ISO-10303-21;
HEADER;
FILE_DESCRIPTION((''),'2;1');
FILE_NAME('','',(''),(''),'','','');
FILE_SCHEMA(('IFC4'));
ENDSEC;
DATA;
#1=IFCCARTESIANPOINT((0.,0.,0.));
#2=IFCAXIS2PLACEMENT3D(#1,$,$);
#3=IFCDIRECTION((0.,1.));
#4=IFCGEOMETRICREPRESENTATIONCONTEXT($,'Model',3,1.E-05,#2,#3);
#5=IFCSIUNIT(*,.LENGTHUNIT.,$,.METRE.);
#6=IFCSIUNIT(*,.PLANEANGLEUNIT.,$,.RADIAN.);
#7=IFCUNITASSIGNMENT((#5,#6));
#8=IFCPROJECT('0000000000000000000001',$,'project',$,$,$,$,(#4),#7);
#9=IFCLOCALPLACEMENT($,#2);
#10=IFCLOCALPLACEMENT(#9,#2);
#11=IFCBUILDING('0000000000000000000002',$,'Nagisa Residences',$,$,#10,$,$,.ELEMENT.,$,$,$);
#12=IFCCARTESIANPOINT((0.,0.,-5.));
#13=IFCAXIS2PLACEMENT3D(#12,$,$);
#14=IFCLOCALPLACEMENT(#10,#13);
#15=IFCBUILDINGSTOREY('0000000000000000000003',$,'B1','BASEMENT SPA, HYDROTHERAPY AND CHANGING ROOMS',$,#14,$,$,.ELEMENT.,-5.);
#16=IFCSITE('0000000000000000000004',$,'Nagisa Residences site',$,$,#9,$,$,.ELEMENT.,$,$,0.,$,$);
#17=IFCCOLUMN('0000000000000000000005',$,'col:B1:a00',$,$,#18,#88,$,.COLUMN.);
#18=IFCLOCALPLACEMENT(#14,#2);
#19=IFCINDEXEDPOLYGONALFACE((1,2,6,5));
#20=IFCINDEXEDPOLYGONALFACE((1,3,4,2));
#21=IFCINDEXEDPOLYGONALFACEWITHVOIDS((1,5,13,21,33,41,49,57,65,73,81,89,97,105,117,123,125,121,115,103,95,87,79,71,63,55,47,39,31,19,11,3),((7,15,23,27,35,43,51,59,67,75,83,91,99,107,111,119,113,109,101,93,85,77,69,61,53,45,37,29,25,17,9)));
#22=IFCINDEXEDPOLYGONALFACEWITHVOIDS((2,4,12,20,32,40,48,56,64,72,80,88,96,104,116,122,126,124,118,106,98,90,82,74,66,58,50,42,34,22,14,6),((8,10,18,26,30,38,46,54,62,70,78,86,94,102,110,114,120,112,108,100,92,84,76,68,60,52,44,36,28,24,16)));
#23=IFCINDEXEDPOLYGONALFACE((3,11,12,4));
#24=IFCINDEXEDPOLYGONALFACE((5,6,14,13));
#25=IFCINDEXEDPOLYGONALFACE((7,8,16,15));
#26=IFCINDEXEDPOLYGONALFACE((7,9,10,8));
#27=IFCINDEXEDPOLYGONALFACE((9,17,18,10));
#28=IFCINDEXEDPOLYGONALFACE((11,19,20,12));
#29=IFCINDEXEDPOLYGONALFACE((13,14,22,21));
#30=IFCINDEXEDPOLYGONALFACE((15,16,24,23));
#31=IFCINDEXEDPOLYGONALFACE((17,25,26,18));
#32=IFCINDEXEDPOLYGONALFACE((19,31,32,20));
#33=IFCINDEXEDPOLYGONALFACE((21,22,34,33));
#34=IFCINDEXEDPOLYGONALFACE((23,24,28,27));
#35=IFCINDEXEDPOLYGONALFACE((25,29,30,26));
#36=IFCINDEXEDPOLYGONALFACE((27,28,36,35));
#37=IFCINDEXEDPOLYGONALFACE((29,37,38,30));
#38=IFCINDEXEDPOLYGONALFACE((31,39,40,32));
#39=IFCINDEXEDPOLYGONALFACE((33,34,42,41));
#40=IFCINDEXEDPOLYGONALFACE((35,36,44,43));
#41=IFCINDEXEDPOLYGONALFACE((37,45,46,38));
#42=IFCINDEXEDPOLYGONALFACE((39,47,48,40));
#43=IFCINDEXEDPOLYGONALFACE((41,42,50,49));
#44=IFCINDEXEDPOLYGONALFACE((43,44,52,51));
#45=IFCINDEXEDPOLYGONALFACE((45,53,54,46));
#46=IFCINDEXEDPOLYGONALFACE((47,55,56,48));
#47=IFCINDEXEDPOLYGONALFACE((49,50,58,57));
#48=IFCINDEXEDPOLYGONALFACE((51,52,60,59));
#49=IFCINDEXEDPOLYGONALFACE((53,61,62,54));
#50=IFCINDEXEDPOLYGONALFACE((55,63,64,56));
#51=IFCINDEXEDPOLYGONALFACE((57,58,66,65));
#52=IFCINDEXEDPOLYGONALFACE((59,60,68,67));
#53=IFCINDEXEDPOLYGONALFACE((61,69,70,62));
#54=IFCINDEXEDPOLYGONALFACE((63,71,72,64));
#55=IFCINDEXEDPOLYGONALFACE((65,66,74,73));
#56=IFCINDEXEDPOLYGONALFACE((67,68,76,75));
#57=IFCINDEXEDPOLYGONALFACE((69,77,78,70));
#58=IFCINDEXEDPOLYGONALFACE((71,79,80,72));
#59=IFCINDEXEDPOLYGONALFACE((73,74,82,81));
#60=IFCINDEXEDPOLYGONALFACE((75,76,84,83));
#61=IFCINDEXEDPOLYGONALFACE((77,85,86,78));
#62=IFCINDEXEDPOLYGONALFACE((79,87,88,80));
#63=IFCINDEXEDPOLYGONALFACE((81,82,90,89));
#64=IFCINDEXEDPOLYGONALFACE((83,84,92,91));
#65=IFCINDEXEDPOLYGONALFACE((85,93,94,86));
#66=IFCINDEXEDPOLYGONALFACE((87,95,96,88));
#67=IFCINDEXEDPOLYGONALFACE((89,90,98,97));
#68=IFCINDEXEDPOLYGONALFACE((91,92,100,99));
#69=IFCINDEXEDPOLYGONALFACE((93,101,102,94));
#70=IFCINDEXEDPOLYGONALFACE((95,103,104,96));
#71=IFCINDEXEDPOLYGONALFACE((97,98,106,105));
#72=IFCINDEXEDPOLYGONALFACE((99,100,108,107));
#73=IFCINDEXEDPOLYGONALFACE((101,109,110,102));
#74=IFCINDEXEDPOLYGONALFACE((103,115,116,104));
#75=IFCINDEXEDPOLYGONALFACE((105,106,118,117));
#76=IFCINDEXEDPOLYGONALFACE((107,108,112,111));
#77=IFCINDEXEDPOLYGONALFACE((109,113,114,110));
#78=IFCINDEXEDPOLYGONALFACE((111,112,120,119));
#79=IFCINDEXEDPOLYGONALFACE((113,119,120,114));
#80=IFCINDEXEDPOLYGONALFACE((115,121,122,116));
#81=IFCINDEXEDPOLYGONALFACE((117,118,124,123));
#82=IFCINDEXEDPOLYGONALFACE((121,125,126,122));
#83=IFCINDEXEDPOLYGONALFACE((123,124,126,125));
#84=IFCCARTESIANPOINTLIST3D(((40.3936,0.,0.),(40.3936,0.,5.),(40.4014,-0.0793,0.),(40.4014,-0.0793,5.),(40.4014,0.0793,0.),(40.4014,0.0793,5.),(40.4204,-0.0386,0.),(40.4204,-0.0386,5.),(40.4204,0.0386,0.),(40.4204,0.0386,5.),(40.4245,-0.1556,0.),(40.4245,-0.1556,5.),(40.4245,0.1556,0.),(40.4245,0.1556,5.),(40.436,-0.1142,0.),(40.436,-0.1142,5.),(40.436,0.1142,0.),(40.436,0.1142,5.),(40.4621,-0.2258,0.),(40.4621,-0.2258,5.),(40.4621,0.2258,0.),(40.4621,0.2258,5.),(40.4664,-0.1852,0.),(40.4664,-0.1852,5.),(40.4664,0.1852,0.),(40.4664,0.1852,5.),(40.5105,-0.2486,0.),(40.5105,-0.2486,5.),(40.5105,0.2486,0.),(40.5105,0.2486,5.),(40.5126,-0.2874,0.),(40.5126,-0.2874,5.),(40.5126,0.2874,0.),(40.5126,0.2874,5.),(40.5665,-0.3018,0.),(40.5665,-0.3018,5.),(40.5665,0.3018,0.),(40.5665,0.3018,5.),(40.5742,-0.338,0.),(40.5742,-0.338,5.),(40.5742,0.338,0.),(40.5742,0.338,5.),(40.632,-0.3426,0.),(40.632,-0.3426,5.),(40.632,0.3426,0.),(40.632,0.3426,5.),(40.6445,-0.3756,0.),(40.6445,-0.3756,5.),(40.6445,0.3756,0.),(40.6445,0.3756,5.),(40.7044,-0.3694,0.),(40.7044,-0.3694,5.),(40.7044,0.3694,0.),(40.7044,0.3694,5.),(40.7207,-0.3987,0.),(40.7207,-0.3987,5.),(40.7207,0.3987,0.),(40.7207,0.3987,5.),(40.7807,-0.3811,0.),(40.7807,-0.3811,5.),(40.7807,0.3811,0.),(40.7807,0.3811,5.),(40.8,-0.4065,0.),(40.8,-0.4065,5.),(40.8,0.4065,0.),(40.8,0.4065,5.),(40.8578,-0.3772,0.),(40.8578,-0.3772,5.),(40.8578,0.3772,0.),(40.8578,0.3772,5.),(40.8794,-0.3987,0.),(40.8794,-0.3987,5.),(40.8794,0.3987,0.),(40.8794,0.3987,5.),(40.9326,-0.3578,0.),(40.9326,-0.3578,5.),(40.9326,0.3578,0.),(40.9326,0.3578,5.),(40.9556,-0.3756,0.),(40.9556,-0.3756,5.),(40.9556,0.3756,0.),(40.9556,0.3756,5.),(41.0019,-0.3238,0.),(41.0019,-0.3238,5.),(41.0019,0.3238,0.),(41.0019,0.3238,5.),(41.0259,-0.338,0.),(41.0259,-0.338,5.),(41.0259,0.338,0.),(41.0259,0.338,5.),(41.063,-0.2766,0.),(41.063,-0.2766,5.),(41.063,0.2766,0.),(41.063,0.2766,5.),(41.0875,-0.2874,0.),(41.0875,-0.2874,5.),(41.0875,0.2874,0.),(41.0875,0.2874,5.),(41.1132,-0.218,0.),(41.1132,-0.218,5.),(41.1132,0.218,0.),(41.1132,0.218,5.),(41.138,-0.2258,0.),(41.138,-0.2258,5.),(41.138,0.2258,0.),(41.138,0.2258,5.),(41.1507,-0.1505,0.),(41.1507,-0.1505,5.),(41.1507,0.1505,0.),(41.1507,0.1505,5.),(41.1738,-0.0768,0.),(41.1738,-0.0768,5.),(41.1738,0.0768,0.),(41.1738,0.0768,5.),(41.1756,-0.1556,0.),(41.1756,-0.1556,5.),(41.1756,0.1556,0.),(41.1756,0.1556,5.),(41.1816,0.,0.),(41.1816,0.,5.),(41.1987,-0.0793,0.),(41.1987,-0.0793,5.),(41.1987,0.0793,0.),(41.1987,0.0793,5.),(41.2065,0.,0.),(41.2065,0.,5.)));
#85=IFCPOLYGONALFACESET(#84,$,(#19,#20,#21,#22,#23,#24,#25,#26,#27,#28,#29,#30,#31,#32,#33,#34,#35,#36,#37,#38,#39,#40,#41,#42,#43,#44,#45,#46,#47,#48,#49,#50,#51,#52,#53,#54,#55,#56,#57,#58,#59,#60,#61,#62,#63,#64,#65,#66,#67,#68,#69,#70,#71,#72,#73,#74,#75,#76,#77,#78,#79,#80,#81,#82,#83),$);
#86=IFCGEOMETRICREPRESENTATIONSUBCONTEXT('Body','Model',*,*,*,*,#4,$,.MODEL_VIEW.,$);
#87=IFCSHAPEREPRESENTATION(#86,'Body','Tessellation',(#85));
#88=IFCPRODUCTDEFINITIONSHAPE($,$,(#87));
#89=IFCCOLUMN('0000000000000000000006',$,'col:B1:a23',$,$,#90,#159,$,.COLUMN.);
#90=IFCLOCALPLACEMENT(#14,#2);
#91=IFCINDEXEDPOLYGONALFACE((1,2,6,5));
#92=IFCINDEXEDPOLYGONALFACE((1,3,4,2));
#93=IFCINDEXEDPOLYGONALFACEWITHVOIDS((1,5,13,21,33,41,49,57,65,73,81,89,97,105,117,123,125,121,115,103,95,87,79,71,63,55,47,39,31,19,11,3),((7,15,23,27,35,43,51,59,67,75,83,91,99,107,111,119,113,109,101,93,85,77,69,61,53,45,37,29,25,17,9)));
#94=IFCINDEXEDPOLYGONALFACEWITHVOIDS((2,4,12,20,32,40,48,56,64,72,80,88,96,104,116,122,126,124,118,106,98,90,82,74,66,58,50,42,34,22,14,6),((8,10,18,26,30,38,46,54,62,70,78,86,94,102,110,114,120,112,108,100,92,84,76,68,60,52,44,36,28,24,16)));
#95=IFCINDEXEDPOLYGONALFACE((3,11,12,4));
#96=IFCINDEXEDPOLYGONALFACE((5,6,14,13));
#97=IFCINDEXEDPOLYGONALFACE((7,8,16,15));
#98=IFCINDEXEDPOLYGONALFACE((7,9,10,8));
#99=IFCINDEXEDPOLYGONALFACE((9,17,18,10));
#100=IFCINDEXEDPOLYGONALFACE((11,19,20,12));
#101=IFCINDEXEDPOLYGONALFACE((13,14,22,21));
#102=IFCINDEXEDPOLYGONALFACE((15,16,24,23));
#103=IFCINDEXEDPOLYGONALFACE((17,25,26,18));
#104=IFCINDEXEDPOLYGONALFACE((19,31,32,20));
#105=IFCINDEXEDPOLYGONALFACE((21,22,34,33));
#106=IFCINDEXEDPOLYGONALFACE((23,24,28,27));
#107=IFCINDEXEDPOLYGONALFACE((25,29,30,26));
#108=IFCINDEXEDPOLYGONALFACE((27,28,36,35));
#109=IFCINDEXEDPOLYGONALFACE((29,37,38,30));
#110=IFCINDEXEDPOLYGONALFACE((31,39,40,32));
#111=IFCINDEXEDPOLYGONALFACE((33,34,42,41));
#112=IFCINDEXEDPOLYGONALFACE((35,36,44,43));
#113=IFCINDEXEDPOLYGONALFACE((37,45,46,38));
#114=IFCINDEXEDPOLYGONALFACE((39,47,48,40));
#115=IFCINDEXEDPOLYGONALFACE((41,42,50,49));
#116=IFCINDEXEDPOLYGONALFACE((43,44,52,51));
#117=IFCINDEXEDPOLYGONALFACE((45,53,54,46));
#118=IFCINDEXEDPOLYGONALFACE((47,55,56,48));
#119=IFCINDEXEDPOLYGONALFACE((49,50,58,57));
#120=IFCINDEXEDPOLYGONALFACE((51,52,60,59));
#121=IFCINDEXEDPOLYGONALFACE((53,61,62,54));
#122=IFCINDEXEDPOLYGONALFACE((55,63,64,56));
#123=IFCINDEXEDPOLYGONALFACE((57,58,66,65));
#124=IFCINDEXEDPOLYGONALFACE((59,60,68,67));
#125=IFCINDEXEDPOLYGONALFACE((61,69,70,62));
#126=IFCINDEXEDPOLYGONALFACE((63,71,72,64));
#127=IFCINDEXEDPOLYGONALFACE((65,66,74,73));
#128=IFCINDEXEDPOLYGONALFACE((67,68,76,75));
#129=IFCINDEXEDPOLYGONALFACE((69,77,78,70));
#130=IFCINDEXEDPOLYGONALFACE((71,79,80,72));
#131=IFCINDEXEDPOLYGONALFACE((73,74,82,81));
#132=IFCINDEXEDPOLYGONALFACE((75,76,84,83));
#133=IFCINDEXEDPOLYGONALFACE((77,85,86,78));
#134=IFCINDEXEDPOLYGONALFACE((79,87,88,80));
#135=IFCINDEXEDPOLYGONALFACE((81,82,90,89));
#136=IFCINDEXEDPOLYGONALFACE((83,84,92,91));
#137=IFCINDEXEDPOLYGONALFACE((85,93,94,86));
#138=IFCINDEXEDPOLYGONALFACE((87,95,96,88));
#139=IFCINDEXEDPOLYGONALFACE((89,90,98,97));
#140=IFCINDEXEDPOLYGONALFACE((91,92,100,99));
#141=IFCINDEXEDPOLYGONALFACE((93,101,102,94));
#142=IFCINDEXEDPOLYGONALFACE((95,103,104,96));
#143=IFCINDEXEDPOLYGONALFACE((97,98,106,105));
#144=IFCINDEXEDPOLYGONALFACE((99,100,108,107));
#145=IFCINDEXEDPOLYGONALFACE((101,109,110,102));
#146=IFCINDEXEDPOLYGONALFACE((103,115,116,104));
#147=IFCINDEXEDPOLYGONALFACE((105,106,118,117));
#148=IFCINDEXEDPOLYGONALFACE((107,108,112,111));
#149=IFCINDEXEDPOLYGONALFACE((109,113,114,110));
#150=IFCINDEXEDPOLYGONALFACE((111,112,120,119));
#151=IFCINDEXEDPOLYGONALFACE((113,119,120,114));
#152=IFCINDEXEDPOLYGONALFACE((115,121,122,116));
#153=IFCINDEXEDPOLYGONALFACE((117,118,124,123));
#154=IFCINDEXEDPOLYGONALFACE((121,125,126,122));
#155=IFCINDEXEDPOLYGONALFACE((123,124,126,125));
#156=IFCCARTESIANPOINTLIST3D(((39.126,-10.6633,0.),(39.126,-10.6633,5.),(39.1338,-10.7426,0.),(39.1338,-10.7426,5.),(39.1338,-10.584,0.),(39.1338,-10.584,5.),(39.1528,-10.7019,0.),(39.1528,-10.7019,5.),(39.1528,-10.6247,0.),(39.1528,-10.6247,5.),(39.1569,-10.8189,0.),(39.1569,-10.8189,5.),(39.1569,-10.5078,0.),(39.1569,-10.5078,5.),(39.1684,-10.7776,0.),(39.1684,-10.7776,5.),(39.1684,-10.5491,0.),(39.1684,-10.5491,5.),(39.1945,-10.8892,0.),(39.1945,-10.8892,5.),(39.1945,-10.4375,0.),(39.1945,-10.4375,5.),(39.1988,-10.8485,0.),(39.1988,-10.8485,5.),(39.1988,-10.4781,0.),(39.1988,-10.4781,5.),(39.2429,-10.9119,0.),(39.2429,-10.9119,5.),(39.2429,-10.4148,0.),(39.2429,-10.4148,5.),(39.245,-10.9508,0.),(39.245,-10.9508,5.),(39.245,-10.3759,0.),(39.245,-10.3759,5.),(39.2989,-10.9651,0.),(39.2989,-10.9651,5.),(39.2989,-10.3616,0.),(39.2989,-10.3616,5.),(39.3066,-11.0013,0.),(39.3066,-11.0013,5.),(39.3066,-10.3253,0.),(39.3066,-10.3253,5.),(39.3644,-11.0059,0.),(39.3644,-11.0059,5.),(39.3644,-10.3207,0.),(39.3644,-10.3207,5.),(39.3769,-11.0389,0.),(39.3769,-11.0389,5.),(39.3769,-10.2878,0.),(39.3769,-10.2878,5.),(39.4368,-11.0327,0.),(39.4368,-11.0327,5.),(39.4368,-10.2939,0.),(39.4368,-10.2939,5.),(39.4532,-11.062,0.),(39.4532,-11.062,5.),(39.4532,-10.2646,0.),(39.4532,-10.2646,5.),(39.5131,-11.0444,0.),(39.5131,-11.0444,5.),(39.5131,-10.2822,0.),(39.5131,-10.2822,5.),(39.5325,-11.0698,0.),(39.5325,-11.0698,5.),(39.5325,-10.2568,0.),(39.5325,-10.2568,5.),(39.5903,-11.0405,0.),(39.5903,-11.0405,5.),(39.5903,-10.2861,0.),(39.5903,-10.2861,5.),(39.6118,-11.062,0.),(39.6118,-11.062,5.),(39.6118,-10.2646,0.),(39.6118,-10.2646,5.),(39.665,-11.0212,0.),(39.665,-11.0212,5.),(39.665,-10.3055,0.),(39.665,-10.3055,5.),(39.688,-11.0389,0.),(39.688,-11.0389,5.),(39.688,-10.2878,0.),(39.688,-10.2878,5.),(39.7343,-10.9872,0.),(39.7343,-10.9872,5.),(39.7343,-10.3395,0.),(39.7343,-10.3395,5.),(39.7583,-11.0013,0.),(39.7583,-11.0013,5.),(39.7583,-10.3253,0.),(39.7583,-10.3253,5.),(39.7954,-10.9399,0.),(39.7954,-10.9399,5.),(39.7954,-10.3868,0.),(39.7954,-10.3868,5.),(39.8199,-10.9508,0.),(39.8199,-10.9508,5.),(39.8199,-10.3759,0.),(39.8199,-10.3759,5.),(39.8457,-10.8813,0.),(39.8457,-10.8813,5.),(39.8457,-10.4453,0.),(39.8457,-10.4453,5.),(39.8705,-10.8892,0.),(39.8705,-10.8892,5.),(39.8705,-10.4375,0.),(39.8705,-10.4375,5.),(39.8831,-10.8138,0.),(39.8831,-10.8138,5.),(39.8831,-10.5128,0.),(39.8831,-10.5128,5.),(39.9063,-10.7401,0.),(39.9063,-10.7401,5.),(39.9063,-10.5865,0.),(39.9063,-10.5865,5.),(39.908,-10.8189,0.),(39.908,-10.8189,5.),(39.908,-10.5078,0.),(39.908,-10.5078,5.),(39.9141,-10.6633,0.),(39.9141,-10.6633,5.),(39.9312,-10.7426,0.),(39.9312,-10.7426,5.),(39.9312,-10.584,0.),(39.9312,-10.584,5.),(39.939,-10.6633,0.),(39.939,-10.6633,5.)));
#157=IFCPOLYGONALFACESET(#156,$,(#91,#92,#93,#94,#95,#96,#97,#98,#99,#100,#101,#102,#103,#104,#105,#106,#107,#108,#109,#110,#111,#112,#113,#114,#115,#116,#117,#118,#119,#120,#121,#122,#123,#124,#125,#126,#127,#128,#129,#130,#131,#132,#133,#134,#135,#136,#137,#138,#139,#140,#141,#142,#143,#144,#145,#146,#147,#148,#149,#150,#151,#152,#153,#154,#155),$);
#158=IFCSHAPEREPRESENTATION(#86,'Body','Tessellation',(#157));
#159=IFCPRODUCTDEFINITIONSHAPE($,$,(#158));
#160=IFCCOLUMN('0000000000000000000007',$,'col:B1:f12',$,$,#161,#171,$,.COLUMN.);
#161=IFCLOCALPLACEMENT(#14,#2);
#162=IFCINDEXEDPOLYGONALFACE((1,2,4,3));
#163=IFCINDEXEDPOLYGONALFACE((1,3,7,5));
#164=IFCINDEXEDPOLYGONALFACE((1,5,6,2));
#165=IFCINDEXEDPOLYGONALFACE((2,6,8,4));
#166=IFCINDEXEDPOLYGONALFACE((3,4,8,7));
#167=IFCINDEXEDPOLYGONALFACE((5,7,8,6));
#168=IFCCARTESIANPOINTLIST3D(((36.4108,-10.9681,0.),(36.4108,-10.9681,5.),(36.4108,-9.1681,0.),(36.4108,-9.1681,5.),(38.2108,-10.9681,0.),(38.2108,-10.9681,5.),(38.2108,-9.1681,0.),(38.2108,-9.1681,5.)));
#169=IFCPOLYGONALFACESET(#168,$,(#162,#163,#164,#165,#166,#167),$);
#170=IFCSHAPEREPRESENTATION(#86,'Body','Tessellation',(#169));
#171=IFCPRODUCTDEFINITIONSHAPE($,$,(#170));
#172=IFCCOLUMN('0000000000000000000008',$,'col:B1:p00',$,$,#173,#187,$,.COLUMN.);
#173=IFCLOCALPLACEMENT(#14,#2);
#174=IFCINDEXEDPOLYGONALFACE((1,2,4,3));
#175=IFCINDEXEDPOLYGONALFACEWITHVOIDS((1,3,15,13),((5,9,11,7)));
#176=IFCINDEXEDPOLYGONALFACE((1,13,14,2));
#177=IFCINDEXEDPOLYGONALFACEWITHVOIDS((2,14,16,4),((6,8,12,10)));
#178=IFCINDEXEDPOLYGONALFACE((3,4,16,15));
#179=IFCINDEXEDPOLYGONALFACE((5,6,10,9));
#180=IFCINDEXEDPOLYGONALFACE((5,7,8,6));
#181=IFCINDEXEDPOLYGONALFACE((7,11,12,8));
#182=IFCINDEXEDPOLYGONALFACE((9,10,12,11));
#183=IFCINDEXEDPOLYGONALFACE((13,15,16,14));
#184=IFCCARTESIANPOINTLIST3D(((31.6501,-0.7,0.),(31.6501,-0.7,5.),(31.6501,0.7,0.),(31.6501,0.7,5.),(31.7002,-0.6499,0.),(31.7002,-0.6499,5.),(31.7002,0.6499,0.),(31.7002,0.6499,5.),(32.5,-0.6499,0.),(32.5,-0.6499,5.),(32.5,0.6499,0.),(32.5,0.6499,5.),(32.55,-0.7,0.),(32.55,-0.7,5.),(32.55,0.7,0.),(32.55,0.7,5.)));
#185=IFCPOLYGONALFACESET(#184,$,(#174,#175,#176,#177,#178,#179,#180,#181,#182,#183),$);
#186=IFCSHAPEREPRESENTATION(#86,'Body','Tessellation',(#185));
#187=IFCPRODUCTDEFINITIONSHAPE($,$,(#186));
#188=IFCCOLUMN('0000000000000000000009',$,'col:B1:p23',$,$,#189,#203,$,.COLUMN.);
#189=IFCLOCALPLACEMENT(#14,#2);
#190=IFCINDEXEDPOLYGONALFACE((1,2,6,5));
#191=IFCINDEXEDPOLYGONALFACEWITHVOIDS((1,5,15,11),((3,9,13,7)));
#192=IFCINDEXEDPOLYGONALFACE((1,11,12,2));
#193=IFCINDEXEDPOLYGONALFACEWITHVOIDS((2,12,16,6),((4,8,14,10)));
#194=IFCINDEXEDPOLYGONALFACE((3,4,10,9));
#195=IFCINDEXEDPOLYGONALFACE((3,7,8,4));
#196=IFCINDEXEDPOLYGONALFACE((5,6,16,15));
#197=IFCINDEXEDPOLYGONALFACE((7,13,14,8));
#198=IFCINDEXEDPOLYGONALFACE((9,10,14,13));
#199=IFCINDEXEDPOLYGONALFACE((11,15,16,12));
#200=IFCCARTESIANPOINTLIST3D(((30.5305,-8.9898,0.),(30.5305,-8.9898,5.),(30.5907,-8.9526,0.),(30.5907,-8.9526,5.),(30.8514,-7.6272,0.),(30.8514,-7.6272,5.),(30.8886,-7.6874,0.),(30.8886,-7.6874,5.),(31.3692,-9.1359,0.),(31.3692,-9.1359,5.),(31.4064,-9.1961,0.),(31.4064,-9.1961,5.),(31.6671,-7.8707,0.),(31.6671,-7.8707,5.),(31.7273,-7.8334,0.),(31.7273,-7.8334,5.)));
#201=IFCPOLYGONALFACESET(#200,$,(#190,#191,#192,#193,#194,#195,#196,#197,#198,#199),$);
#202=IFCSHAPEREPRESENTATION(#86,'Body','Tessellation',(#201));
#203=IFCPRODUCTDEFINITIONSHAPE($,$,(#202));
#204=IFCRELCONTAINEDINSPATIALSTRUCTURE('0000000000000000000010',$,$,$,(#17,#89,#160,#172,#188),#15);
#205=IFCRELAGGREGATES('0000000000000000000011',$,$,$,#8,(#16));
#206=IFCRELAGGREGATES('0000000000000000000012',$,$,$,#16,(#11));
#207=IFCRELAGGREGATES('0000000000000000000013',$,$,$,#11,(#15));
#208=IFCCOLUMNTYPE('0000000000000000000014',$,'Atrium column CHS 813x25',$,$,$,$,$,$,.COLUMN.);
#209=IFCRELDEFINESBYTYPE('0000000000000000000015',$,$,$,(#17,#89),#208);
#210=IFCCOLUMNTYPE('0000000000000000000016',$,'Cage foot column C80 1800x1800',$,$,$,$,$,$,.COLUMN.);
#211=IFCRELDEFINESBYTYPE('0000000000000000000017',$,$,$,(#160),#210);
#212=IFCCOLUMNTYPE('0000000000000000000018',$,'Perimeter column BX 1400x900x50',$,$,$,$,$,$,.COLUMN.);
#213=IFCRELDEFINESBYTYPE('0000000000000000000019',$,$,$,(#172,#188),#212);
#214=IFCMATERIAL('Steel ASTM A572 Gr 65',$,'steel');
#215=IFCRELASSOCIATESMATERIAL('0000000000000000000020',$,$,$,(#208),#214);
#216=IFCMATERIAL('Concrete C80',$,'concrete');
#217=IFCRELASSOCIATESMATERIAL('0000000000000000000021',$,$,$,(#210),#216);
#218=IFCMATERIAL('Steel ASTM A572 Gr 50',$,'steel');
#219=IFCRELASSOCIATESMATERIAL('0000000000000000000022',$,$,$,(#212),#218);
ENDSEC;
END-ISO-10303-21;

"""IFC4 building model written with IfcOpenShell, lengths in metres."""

from ifc_helpers import new_model, si_unit, direction, frame, origin, origin_2d, place, context, subcontext, project, spatial, rectangle, hollow_rectangle, hollow_circle, extrude, material, material_profile, profile_set, type_object, element, save


model = new_model("IFC4")

# Units and contexts
model_context = context("Model", 3, precision=1e-05, world=origin(), true_north=direction((0.0, 1.0)))
body_context = subcontext(model_context, "Body", "Model", "MODEL_VIEW")
ifc_project = project(units=[si_unit("LENGTHUNIT", "METRE"), si_unit("PLANEANGLEUNIT", "RADIAN")], contexts=[model_context])

# Site, building, storey
site_placement = place(None, origin())
site = spatial("IfcSite", under=ifc_project, at=site_placement, Name="Nagisa Residences site", CompositionType="ELEMENT", RefElevation=0.0)
building_placement = place(site_placement, origin())
building = spatial("IfcBuilding", under=site, at=building_placement, Name="Nagisa Residences", CompositionType="ELEMENT")
storey_placement = place(building_placement, frame((0.0, 0.0, -5.0)))
storey = spatial("IfcBuildingStorey", under=building, at=storey_placement, Name="B1", Description="BASEMENT SPA, HYDROTHERAPY AND CHANGING ROOMS", CompositionType="ELEMENT", Elevation=-5.0)

# Columns
ifc_material_1 = material(Name="Steel ASTM A572 Gr 65", Category="steel")
ifc_material_profile_1 = material_profile(ifc_material_1, hollow_circle(Radius=0.4065, WallThickness=0.0249, at=origin_2d()), Name="CHS 813x25")
ifc_profile_set_1 = profile_set([ifc_material_profile_1], Name="Steel ASTM A572 Gr 65")
column_type_1 = type_object("IfcColumnType", Name="Atrium column CHS 813x25", PredefinedType="COLUMN", material=ifc_profile_set_1)
for number, where, z_axis, x_axis, name in (
    (1, (40.8, 0.0, 0.0), (0.0, 0.0, 1.0), (1.0, 0.0, 0.0), "col:B1:a00"),
    (2, (39.5325, -10.6633, 0.0), (0.0, 0.0, 1.0), (1.0, 0.0, 0.0), "col:B1:a23"),
):
    element("IfcColumn", number, at=place(storey_placement, frame(where, z_axis=z_axis, x_axis=x_axis)), inside=storey, type_object=column_type_1, Name=name, PredefinedType="COLUMN", context=body_context, shape_type="SweptSolid", body=[
        extrude(hollow_circle(Radius=0.4065, WallThickness=0.0249, at=origin_2d()), origin(), (0.0, 0.0, 1.0), 5.0),
    ])
ifc_material_2 = material(Name="Concrete C80", Category="concrete")
ifc_material_profile_2 = material_profile(ifc_material_2, rectangle(XDim=1.8, YDim=1.8, at=origin_2d()), Name="C80 1800x1800")
ifc_profile_set_2 = profile_set([ifc_material_profile_2], Name="Concrete C80")
column_type_2 = type_object("IfcColumnType", Name="Cage foot column C80 1800x1800", PredefinedType="COLUMN", material=ifc_profile_set_2)
column_placement = place(storey_placement, frame((37.3108, -10.0681, 0.0), z_axis=(0.0, 0.0, 1.0), x_axis=(1.0, 0.0, 0.0)))
element("IfcColumn", 3, at=column_placement, inside=storey, type_object=column_type_2, Name="col:B1:f12", PredefinedType="COLUMN", context=body_context, shape_type="SweptSolid", body=[
    extrude(rectangle(XDim=1.8, YDim=1.8, at=origin_2d()), origin(), (0.0, 0.0, 1.0), 5.0),
])
ifc_material_3 = material(Name="Steel ASTM A572 Gr 50", Category="steel")
ifc_material_profile_3 = material_profile(ifc_material_3, hollow_rectangle(XDim=1.3999, YDim=0.8999, WallThickness=0.05, at=origin_2d()), Name="BX 1400x900x50")
ifc_profile_set_3 = profile_set([ifc_material_profile_3], Name="Steel ASTM A572 Gr 50")
column_type_3 = type_object("IfcColumnType", Name="Perimeter column BX 1400x900x50", PredefinedType="COLUMN", material=ifc_profile_set_3)
for number, where, z_axis, x_axis, name in (
    (4, (32.1001, 0.0, 0.0), (0.0, 0.0, 1.0), (0.0, 1.0, 0.0), "col:B1:p00"),
    (5, (31.1289, -8.4116, 0.0), (0.0, 0.0, 1.0), (0.229202, 0.973379, 0.0), "col:B1:p23"),
):
    element("IfcColumn", number, at=place(storey_placement, frame(where, z_axis=z_axis, x_axis=x_axis)), inside=storey, type_object=column_type_3, Name=name, PredefinedType="COLUMN", context=body_context, shape_type="SweptSolid", body=[
        extrude(hollow_rectangle(XDim=1.3999, YDim=0.8999, WallThickness=0.05, at=origin_2d()), origin(), (0.0, 0.0, 1.0), 5.0),
    ])

save(model, "model.ifc")
